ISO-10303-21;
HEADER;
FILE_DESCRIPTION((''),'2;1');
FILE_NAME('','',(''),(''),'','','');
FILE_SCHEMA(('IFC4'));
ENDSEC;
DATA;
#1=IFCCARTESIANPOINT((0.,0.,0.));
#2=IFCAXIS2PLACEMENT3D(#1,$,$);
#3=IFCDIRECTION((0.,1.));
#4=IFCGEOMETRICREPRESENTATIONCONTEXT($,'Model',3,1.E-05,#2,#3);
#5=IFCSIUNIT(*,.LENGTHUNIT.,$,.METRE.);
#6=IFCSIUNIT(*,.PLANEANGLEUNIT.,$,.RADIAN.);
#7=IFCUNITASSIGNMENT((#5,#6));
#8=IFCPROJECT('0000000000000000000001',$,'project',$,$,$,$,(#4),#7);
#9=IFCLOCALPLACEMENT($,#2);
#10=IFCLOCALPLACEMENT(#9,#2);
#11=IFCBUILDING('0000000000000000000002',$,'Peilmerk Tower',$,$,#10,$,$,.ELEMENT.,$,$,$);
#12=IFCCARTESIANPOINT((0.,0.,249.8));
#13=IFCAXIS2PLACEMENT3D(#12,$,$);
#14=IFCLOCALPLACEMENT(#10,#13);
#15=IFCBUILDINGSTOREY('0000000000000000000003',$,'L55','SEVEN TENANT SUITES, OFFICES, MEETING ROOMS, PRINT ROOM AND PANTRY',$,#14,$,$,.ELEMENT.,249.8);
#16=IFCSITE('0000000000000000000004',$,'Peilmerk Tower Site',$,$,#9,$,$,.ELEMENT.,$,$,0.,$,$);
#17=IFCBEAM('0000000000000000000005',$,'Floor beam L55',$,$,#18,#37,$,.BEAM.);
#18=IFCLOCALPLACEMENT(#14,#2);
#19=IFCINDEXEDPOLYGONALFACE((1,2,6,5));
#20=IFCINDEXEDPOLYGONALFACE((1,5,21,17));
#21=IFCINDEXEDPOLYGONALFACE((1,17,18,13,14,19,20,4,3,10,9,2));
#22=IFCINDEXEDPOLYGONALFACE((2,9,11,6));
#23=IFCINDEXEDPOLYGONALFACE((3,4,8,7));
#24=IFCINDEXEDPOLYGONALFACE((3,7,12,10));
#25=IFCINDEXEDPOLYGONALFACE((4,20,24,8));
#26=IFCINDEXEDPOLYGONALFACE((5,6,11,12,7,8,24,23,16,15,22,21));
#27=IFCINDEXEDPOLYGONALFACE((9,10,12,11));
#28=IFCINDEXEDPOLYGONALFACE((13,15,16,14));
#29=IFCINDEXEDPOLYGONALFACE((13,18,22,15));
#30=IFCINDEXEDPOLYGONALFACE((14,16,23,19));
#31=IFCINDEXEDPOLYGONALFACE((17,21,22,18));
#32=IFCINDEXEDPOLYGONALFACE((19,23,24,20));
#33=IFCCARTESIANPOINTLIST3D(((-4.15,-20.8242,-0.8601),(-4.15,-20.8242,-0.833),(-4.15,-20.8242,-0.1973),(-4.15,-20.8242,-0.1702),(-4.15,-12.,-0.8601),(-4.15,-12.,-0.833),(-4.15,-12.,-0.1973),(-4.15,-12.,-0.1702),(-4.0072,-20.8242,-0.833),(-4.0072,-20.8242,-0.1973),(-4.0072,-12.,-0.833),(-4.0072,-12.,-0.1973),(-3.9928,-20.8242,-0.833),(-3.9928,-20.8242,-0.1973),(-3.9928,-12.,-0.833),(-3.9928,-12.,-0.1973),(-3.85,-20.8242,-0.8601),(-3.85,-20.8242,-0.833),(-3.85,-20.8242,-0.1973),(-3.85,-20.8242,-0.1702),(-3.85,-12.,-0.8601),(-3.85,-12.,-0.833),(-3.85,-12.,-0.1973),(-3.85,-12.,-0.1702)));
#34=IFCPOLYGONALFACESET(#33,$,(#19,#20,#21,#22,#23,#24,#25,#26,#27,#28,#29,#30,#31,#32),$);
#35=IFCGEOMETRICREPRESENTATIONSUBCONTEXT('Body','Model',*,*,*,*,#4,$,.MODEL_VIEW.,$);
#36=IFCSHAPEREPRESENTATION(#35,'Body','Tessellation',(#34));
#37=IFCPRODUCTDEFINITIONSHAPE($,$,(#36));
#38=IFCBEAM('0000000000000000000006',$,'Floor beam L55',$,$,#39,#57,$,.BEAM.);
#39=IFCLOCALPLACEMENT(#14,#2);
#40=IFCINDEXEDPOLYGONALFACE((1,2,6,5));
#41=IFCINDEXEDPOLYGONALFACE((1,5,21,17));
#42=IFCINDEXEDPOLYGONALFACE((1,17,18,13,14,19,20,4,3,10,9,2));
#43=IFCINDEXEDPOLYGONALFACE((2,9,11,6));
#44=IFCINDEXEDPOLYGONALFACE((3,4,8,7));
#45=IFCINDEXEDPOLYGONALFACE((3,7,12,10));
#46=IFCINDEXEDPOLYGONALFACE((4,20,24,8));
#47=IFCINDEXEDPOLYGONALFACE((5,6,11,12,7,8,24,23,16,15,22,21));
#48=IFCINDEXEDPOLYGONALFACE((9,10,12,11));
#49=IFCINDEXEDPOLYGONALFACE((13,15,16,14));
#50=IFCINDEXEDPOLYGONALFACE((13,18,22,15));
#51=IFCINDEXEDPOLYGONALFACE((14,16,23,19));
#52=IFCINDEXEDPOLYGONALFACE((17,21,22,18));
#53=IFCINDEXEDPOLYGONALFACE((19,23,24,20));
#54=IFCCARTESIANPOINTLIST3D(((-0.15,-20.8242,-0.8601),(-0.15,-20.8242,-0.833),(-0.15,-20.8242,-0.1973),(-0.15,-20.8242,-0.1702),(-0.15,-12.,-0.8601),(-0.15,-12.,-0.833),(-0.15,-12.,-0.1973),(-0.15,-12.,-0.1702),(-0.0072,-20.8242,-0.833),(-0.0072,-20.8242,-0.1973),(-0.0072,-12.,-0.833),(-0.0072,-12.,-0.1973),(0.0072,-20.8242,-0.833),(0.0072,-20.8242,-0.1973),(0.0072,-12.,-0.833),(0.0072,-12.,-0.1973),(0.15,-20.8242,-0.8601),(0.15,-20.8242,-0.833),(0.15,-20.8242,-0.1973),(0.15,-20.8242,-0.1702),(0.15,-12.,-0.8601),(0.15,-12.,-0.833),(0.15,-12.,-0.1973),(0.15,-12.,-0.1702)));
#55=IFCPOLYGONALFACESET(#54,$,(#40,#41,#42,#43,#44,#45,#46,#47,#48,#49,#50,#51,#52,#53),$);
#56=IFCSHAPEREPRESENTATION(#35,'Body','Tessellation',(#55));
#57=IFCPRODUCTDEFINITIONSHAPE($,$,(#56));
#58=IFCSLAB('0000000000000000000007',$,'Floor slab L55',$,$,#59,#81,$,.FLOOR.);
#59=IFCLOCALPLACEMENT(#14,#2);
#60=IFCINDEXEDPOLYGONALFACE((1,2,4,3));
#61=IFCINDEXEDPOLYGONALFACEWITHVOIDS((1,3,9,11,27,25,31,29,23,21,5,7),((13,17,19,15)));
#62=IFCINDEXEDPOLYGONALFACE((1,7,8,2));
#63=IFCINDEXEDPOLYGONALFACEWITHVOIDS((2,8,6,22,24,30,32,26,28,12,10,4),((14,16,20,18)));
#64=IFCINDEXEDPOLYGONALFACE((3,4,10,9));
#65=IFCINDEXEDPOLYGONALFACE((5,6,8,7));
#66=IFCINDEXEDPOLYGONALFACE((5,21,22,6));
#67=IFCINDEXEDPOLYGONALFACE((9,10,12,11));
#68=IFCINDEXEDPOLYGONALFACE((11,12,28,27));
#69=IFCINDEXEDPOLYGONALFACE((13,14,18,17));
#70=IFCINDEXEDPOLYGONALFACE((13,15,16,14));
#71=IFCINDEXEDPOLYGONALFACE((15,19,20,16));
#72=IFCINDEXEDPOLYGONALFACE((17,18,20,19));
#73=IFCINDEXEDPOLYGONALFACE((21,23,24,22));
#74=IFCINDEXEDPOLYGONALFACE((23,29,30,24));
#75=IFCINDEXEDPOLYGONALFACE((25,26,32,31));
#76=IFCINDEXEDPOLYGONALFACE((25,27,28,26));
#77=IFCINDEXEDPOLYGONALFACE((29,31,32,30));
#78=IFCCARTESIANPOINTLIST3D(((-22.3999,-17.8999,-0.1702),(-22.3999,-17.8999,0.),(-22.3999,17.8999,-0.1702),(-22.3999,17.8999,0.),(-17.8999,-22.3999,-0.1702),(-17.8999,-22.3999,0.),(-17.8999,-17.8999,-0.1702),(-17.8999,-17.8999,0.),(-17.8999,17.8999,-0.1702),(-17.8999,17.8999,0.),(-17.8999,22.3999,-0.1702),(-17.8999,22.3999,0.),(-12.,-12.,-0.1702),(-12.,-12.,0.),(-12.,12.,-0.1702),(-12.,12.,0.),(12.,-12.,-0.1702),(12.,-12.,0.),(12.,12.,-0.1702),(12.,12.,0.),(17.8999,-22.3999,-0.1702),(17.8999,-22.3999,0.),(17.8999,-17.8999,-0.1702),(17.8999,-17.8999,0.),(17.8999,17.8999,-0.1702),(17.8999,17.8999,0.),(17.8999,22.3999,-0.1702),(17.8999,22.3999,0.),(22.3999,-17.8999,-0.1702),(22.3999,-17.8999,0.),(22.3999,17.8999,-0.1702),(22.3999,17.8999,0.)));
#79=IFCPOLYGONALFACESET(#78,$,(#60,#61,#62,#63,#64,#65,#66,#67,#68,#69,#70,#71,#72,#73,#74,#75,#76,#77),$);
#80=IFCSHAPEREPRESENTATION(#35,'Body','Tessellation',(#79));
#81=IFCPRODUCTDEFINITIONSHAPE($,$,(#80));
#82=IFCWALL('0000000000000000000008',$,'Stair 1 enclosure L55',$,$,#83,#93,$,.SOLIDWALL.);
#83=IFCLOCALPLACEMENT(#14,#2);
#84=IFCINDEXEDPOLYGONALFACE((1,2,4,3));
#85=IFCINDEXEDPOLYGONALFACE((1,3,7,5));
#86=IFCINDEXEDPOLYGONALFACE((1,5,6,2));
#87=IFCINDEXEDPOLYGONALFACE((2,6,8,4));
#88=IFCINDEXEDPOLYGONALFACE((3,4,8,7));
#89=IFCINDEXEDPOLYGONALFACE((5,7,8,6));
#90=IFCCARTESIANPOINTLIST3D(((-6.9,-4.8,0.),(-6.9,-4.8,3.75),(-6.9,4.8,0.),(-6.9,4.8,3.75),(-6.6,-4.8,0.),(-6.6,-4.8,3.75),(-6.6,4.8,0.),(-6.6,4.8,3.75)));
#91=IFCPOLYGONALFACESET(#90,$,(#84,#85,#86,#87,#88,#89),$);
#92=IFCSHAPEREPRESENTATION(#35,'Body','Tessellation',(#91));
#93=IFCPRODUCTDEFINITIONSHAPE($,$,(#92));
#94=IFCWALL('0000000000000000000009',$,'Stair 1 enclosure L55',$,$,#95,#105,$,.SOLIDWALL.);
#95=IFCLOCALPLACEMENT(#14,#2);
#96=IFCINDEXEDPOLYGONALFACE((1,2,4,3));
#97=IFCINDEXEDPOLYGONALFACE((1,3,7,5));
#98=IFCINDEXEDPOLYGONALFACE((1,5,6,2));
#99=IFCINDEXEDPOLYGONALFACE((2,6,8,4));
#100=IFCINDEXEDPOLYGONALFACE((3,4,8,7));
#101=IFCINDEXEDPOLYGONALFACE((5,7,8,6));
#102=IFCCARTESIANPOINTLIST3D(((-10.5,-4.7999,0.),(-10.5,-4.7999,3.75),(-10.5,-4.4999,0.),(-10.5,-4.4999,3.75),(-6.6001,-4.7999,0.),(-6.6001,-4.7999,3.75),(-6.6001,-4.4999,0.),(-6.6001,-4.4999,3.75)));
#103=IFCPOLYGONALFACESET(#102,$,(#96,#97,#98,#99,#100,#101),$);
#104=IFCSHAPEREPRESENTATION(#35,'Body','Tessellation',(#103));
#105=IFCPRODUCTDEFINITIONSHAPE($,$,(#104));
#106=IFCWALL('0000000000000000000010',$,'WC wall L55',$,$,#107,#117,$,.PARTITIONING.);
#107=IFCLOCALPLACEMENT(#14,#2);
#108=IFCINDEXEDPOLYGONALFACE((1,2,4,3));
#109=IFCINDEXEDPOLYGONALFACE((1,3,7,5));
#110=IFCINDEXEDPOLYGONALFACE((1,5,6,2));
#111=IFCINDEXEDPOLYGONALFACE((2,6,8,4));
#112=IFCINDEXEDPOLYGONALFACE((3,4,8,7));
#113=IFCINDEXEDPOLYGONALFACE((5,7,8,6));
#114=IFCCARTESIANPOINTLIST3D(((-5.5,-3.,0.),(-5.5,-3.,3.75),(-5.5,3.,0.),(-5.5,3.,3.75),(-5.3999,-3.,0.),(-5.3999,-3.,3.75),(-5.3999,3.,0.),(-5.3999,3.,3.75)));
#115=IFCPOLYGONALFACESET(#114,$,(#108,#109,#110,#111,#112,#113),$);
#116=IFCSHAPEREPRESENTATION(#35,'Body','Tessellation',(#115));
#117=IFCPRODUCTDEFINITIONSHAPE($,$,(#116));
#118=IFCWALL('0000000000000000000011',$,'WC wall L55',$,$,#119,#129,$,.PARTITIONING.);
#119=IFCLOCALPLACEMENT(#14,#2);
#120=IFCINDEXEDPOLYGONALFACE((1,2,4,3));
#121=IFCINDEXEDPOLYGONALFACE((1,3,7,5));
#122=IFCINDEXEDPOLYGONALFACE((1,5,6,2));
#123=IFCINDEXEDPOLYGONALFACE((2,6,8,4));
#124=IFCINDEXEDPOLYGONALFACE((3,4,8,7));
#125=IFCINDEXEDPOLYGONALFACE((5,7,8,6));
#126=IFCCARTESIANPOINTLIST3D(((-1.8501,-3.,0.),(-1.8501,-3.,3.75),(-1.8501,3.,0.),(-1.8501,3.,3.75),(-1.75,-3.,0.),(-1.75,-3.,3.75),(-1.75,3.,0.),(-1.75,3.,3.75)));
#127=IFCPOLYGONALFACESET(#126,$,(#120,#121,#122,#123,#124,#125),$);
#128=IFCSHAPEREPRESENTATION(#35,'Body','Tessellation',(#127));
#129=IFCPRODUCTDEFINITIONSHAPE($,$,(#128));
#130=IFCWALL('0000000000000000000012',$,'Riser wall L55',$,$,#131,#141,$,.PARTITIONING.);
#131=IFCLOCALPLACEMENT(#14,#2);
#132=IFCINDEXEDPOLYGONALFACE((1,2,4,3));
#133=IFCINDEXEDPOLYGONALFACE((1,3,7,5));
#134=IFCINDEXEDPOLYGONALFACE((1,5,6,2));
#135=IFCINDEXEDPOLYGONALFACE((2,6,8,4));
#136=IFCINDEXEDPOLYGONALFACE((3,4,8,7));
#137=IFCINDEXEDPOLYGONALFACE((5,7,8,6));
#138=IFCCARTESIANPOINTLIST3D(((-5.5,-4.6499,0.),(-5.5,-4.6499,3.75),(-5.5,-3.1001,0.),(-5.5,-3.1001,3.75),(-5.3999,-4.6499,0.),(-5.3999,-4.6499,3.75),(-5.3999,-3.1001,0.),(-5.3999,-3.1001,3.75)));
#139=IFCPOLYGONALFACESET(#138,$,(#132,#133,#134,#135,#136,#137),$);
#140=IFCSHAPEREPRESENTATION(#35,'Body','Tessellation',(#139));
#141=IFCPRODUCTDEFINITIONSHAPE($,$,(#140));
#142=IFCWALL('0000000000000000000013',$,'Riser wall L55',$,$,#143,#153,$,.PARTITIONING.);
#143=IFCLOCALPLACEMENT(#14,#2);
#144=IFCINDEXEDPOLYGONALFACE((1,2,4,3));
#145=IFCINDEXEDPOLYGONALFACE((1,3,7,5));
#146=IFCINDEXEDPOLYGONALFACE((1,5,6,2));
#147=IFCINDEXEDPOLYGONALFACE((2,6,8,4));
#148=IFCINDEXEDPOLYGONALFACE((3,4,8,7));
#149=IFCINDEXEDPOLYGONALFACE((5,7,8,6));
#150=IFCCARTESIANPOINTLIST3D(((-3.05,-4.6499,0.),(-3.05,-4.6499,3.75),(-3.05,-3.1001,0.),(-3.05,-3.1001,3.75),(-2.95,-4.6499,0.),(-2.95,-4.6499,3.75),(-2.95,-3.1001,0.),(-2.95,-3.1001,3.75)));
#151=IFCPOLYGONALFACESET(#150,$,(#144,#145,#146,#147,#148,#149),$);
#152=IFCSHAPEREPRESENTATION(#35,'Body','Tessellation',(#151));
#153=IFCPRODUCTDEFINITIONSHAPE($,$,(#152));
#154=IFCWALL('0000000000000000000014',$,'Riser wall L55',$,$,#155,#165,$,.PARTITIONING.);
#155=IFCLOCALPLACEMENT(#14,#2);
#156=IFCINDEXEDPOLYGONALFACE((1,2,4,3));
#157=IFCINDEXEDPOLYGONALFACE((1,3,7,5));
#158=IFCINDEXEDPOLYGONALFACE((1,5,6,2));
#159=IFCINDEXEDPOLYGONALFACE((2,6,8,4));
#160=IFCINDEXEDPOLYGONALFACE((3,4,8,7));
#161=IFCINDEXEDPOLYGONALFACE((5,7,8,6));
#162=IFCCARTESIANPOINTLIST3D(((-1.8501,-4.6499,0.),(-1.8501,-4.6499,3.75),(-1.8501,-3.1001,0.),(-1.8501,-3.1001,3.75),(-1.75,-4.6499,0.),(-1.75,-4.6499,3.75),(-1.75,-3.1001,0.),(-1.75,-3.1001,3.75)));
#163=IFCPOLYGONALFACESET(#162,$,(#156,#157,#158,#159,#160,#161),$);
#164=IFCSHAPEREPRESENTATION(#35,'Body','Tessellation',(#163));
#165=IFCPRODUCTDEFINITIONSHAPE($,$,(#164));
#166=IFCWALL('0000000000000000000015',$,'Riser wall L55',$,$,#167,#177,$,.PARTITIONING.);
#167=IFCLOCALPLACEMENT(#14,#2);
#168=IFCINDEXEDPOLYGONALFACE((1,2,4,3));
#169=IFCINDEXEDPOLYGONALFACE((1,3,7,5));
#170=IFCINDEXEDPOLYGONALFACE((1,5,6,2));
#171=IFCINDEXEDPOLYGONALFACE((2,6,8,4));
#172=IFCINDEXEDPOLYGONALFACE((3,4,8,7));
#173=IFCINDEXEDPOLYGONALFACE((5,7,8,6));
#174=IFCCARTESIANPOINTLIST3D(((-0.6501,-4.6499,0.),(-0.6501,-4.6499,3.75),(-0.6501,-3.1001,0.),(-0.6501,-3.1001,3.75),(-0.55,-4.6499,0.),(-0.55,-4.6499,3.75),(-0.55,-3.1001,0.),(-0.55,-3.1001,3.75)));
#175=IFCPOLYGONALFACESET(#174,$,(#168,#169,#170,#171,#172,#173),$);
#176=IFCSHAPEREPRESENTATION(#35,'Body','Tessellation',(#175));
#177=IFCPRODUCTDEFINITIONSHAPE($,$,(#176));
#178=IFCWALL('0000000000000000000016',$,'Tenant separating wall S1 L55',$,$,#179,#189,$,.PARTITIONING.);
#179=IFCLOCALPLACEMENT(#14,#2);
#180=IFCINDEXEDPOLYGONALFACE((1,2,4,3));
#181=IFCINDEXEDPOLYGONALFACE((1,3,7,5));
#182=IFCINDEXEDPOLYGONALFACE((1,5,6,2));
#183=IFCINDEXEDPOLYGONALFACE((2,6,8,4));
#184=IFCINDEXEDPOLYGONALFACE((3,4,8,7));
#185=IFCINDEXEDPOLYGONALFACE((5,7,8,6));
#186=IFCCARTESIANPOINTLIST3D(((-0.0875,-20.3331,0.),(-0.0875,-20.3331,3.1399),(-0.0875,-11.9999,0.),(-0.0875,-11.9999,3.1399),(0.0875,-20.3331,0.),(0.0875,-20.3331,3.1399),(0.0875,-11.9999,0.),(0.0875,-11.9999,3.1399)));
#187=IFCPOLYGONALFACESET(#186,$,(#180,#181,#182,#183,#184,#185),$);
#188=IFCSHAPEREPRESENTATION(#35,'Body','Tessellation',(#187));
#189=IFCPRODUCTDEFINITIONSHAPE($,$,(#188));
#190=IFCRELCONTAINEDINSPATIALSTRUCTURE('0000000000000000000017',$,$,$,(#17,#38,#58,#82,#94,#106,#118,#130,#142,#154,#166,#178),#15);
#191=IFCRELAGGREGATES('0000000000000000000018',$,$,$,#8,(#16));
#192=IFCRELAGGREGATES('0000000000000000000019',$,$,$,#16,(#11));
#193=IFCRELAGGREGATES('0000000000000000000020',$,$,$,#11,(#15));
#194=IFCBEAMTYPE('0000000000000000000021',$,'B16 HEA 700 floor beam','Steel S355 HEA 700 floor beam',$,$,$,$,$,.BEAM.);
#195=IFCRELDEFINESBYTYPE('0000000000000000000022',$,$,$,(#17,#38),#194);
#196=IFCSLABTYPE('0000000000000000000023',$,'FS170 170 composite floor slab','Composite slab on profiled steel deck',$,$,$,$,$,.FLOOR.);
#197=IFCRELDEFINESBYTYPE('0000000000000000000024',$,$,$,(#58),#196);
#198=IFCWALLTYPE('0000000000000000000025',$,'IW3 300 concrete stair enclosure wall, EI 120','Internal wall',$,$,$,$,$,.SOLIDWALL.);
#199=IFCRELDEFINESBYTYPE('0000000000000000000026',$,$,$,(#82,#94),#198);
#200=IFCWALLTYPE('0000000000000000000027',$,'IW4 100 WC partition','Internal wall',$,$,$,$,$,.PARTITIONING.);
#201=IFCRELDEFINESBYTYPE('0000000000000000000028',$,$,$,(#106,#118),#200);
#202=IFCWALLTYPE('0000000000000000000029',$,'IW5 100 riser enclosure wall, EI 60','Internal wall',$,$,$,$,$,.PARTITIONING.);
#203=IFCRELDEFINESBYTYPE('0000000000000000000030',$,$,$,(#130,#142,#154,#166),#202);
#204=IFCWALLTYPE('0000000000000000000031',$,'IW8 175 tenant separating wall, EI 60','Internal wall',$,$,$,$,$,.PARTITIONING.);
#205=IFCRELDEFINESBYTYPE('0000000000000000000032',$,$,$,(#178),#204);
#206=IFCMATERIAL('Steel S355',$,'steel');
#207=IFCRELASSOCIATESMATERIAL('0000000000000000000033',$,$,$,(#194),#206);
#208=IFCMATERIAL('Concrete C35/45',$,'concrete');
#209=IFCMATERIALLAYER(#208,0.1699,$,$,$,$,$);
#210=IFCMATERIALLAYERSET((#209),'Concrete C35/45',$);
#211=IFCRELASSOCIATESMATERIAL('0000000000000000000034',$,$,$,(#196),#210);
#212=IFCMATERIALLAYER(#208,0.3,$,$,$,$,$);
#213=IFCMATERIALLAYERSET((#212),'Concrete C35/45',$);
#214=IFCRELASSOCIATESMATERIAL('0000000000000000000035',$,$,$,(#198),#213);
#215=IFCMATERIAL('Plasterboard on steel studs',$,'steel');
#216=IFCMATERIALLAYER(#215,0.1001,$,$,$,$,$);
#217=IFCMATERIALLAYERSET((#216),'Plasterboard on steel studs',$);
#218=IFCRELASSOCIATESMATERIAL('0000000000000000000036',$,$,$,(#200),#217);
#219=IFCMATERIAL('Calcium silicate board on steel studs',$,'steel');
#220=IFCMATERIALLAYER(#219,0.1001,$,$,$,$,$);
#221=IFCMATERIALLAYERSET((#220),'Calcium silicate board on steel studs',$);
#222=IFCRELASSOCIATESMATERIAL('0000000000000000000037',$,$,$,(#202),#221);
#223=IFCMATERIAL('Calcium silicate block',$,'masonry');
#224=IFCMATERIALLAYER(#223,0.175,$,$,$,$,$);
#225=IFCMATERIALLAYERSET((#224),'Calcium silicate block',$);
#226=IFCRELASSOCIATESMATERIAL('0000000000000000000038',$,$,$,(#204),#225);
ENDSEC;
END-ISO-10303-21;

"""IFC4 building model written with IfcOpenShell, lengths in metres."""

from ifc_helpers import new_model, si_unit, direction, frame, frame_2d, origin, origin_2d, place, context, subcontext, project, spatial, polyline, rectangle, i_section, outline, extrude, material, layer, layer_set, material_profile, profile_set, type_object, element, save


model = new_model("IFC4")

# Units and contexts
model_context = context("Model", 3, precision=1e-05, world=origin(), true_north=direction((0.0, 1.0)))
body_context = subcontext(model_context, "Body", "Model", "MODEL_VIEW")
ifc_project = project(units=[si_unit("LENGTHUNIT", "METRE"), si_unit("PLANEANGLEUNIT", "RADIAN")], contexts=[model_context])

# Site, building, storey
site_placement = place(None, origin())
site = spatial("IfcSite", under=ifc_project, at=site_placement, Name="Peilmerk Tower Site", CompositionType="ELEMENT", RefElevation=0.0)
building_placement = place(site_placement, origin())
building = spatial("IfcBuilding", under=site, at=building_placement, Name="Peilmerk Tower", CompositionType="ELEMENT")
storey_placement = place(building_placement, frame((0.0, 0.0, 249.8)))
storey = spatial("IfcBuildingStorey", under=building, at=storey_placement, Name="L55", Description="SEVEN TENANT SUITES, OFFICES, MEETING ROOMS, PRINT ROOM AND PANTRY", CompositionType="ELEMENT", Elevation=249.8)

# Beams
ifc_material_1 = material(Name="Steel S355", Category="steel")
ifc_material_profile = material_profile(ifc_material_1, i_section(OverallWidth=0.3, OverallDepth=0.6899, WebThickness=0.0144, FlangeThickness=0.0271, at=origin_2d()), Name="HEA 700")
ifc_profile_set = profile_set([ifc_material_profile], Name="Steel S355")
beam_type = type_object("IfcBeamType", Name="B16 HEA 700 floor beam", Description="Steel S355 HEA 700 floor beam", PredefinedType="BEAM", material=ifc_profile_set)
for number, where, z_axis, x_axis, name in (
    (1, (-4.0, -12.0, -0.5151), (0.0, -1.0, 0.0), (1.0, 0.0, 0.0), "Floor beam L55"),
    (2, (0.0, -12.0, -0.5151), (0.0, -1.0, 0.0), (1.0, 0.0, 0.0), "Floor beam L55"),
):
    element("IfcBeam", number, at=place(storey_placement, frame(where, z_axis=z_axis, x_axis=x_axis)), inside=storey, type_object=beam_type, Name=name, PredefinedType="BEAM", context=body_context, shape_type="SweptSolid", body=[
        extrude(i_section(OverallWidth=0.3, OverallDepth=0.6899, WebThickness=0.0144, FlangeThickness=0.0271, at=origin_2d()), origin(), (0.0, 0.0, 1.0), 8.8242),
    ])

# Slab
ifc_material_2 = material(Name="Concrete C35/45", Category="concrete")
ifc_layer_1 = layer(ifc_material_2, 0.1699)
ifc_layer_set_1 = layer_set([ifc_layer_1], Name="Concrete C35/45")
slab_type = type_object("IfcSlabType", Name="FS170 170 composite floor slab", Description="Composite slab on profiled steel deck", PredefinedType="FLOOR", material=ifc_layer_set_1)
slab_placement = place(storey_placement, frame((0.0, 0.0, -0.1702)))
element("IfcSlab", 3, at=slab_placement, inside=storey, type_object=slab_type, Name="Floor slab L55", PredefinedType="FLOOR", context=body_context, shape_type="SweptSolid", body=[
    extrude(outline(polyline([(-17.8999, -22.3999), (17.8999, -22.3999), (17.8999, -17.8999), (22.3999, -17.8999), (22.3999, 17.8999), (17.8999, 17.8999), (17.8999, 22.3999), (-17.8999, 22.3999), (-17.8999, 17.8999), (-22.3999, 17.8999), (-22.3999, -17.8999), (-17.8999, -17.8999), (-17.8999, -22.3999)]), holes=[polyline([(12.0, 12.0), (12.0, -12.0), (-12.0, -12.0), (-12.0, 12.0), (12.0, 12.0)])]), origin(), (0.0, 0.0, 1.0), 0.1702),
])

# Walls
ifc_layer_2 = layer(ifc_material_2, 0.3)
ifc_layer_set_2 = layer_set([ifc_layer_2], Name="Concrete C35/45")
wall_type_1 = type_object("IfcWallType", Name="IW3 300 concrete stair enclosure wall, EI 120", Description="Internal wall", PredefinedType="SOLIDWALL", material=ifc_layer_set_2)
wall_1_placement = place(storey_placement, frame((-6.75, -4.8, 0.0), z_axis=(0.0, 0.0, 1.0), x_axis=(0.0, 1.0, 0.0)))
element("IfcWall", 4, at=wall_1_placement, inside=storey, type_object=wall_type_1, Name="Stair 1 enclosure L55", PredefinedType="SOLIDWALL", context=body_context, shape_type="SweptSolid", body=[
    extrude(rectangle(XDim=9.6001, YDim=0.3, at=frame_2d((4.8, 0.0))), origin(), (0.0, 0.0, 1.0), 3.75),
])
wall_2_placement = place(storey_placement, frame((-6.6001, -4.6499, 0.0), z_axis=(0.0, 0.0, 1.0), x_axis=(-1.0, 0.0, 0.0)))
element("IfcWall", 5, at=wall_2_placement, inside=storey, type_object=wall_type_1, Name="Stair 1 enclosure L55", PredefinedType="SOLIDWALL", context=body_context, shape_type="SweptSolid", body=[
    extrude(rectangle(XDim=3.8999, YDim=0.3, at=frame_2d((1.95, 0.0))), origin(), (0.0, 0.0, 1.0), 3.75),
])
ifc_material_3 = material(Name="Plasterboard on steel studs", Category="steel")
ifc_layer_3 = layer(ifc_material_3, 0.1001)
ifc_layer_set_3 = layer_set([ifc_layer_3], Name="Plasterboard on steel studs")
wall_type_2 = type_object("IfcWallType", Name="IW4 100 WC partition", Description="Internal wall", PredefinedType="PARTITIONING", material=ifc_layer_set_3)
for number, where, z_axis, x_axis, name in (
    (6, (-5.45, -3.0, 0.0), (0.0, 0.0, 1.0), (0.0, 1.0, 0.0), "WC wall L55"),
    (7, (-1.8, -3.0, 0.0), (0.0, 0.0, 1.0), (0.0, 1.0, 0.0), "WC wall L55"),
):
    element("IfcWall", number, at=place(storey_placement, frame(where, z_axis=z_axis, x_axis=x_axis)), inside=storey, type_object=wall_type_2, Name=name, PredefinedType="PARTITIONING", context=body_context, shape_type="SweptSolid", body=[
        extrude(rectangle(XDim=6.0, YDim=0.1001, at=frame_2d((3.0, 0.0))), origin(), (0.0, 0.0, 1.0), 3.75),
    ])
ifc_material_4 = material(Name="Calcium silicate board on steel studs", Category="steel")
ifc_layer_4 = layer(ifc_material_4, 0.1001)
ifc_layer_set_4 = layer_set([ifc_layer_4], Name="Calcium silicate board on steel studs")
wall_type_3 = type_object("IfcWallType", Name="IW5 100 riser enclosure wall, EI 60", Description="Internal wall", PredefinedType="PARTITIONING", material=ifc_layer_set_4)
for number, where, z_axis, x_axis, name in (
    (8, (-5.45, -3.1001, 0.0), (0.0, 0.0, 1.0), (0.0, -1.0, 0.0), "Riser wall L55"),
    (9, (-3.0, -3.1001, 0.0), (0.0, 0.0, 1.0), (0.0, -1.0, 0.0), "Riser wall L55"),
    (10, (-1.8, -3.1001, 0.0), (0.0, 0.0, 1.0), (0.0, -1.0, 0.0), "Riser wall L55"),
    (11, (-0.6001, -3.1001, 0.0), (0.0, 0.0, 1.0), (0.0, -1.0, 0.0), "Riser wall L55"),
):
    element("IfcWall", number, at=place(storey_placement, frame(where, z_axis=z_axis, x_axis=x_axis)), inside=storey, type_object=wall_type_3, Name=name, PredefinedType="PARTITIONING", context=body_context, shape_type="SweptSolid", body=[
        extrude(rectangle(XDim=1.5498, YDim=0.1001, at=frame_2d((0.7749, 0.0))), origin(), (0.0, 0.0, 1.0), 3.75),
    ])
ifc_material_5 = material(Name="Calcium silicate block", Category="masonry")
ifc_layer_5 = layer(ifc_material_5, 0.175)
ifc_layer_set_5 = layer_set([ifc_layer_5], Name="Calcium silicate block")
wall_type_4 = type_object("IfcWallType", Name="IW8 175 tenant separating wall, EI 60", Description="Internal wall", PredefinedType="PARTITIONING", material=ifc_layer_set_5)
wall_3_placement = place(storey_placement, frame((0.0, -12.0, 0.0), z_axis=(0.0, 0.0, 1.0), x_axis=(0.0, -1.0, 0.0)))
element("IfcWall", 12, at=wall_3_placement, inside=storey, type_object=wall_type_4, Name="Tenant separating wall S1 L55", PredefinedType="PARTITIONING", context=body_context, shape_type="SweptSolid", body=[
    extrude(rectangle(XDim=8.3333, YDim=0.175, at=frame_2d((4.1665, 0.0))), origin(), (0.0, 0.0, 1.0), 3.1399),
])

save(model, "model.ifc")
